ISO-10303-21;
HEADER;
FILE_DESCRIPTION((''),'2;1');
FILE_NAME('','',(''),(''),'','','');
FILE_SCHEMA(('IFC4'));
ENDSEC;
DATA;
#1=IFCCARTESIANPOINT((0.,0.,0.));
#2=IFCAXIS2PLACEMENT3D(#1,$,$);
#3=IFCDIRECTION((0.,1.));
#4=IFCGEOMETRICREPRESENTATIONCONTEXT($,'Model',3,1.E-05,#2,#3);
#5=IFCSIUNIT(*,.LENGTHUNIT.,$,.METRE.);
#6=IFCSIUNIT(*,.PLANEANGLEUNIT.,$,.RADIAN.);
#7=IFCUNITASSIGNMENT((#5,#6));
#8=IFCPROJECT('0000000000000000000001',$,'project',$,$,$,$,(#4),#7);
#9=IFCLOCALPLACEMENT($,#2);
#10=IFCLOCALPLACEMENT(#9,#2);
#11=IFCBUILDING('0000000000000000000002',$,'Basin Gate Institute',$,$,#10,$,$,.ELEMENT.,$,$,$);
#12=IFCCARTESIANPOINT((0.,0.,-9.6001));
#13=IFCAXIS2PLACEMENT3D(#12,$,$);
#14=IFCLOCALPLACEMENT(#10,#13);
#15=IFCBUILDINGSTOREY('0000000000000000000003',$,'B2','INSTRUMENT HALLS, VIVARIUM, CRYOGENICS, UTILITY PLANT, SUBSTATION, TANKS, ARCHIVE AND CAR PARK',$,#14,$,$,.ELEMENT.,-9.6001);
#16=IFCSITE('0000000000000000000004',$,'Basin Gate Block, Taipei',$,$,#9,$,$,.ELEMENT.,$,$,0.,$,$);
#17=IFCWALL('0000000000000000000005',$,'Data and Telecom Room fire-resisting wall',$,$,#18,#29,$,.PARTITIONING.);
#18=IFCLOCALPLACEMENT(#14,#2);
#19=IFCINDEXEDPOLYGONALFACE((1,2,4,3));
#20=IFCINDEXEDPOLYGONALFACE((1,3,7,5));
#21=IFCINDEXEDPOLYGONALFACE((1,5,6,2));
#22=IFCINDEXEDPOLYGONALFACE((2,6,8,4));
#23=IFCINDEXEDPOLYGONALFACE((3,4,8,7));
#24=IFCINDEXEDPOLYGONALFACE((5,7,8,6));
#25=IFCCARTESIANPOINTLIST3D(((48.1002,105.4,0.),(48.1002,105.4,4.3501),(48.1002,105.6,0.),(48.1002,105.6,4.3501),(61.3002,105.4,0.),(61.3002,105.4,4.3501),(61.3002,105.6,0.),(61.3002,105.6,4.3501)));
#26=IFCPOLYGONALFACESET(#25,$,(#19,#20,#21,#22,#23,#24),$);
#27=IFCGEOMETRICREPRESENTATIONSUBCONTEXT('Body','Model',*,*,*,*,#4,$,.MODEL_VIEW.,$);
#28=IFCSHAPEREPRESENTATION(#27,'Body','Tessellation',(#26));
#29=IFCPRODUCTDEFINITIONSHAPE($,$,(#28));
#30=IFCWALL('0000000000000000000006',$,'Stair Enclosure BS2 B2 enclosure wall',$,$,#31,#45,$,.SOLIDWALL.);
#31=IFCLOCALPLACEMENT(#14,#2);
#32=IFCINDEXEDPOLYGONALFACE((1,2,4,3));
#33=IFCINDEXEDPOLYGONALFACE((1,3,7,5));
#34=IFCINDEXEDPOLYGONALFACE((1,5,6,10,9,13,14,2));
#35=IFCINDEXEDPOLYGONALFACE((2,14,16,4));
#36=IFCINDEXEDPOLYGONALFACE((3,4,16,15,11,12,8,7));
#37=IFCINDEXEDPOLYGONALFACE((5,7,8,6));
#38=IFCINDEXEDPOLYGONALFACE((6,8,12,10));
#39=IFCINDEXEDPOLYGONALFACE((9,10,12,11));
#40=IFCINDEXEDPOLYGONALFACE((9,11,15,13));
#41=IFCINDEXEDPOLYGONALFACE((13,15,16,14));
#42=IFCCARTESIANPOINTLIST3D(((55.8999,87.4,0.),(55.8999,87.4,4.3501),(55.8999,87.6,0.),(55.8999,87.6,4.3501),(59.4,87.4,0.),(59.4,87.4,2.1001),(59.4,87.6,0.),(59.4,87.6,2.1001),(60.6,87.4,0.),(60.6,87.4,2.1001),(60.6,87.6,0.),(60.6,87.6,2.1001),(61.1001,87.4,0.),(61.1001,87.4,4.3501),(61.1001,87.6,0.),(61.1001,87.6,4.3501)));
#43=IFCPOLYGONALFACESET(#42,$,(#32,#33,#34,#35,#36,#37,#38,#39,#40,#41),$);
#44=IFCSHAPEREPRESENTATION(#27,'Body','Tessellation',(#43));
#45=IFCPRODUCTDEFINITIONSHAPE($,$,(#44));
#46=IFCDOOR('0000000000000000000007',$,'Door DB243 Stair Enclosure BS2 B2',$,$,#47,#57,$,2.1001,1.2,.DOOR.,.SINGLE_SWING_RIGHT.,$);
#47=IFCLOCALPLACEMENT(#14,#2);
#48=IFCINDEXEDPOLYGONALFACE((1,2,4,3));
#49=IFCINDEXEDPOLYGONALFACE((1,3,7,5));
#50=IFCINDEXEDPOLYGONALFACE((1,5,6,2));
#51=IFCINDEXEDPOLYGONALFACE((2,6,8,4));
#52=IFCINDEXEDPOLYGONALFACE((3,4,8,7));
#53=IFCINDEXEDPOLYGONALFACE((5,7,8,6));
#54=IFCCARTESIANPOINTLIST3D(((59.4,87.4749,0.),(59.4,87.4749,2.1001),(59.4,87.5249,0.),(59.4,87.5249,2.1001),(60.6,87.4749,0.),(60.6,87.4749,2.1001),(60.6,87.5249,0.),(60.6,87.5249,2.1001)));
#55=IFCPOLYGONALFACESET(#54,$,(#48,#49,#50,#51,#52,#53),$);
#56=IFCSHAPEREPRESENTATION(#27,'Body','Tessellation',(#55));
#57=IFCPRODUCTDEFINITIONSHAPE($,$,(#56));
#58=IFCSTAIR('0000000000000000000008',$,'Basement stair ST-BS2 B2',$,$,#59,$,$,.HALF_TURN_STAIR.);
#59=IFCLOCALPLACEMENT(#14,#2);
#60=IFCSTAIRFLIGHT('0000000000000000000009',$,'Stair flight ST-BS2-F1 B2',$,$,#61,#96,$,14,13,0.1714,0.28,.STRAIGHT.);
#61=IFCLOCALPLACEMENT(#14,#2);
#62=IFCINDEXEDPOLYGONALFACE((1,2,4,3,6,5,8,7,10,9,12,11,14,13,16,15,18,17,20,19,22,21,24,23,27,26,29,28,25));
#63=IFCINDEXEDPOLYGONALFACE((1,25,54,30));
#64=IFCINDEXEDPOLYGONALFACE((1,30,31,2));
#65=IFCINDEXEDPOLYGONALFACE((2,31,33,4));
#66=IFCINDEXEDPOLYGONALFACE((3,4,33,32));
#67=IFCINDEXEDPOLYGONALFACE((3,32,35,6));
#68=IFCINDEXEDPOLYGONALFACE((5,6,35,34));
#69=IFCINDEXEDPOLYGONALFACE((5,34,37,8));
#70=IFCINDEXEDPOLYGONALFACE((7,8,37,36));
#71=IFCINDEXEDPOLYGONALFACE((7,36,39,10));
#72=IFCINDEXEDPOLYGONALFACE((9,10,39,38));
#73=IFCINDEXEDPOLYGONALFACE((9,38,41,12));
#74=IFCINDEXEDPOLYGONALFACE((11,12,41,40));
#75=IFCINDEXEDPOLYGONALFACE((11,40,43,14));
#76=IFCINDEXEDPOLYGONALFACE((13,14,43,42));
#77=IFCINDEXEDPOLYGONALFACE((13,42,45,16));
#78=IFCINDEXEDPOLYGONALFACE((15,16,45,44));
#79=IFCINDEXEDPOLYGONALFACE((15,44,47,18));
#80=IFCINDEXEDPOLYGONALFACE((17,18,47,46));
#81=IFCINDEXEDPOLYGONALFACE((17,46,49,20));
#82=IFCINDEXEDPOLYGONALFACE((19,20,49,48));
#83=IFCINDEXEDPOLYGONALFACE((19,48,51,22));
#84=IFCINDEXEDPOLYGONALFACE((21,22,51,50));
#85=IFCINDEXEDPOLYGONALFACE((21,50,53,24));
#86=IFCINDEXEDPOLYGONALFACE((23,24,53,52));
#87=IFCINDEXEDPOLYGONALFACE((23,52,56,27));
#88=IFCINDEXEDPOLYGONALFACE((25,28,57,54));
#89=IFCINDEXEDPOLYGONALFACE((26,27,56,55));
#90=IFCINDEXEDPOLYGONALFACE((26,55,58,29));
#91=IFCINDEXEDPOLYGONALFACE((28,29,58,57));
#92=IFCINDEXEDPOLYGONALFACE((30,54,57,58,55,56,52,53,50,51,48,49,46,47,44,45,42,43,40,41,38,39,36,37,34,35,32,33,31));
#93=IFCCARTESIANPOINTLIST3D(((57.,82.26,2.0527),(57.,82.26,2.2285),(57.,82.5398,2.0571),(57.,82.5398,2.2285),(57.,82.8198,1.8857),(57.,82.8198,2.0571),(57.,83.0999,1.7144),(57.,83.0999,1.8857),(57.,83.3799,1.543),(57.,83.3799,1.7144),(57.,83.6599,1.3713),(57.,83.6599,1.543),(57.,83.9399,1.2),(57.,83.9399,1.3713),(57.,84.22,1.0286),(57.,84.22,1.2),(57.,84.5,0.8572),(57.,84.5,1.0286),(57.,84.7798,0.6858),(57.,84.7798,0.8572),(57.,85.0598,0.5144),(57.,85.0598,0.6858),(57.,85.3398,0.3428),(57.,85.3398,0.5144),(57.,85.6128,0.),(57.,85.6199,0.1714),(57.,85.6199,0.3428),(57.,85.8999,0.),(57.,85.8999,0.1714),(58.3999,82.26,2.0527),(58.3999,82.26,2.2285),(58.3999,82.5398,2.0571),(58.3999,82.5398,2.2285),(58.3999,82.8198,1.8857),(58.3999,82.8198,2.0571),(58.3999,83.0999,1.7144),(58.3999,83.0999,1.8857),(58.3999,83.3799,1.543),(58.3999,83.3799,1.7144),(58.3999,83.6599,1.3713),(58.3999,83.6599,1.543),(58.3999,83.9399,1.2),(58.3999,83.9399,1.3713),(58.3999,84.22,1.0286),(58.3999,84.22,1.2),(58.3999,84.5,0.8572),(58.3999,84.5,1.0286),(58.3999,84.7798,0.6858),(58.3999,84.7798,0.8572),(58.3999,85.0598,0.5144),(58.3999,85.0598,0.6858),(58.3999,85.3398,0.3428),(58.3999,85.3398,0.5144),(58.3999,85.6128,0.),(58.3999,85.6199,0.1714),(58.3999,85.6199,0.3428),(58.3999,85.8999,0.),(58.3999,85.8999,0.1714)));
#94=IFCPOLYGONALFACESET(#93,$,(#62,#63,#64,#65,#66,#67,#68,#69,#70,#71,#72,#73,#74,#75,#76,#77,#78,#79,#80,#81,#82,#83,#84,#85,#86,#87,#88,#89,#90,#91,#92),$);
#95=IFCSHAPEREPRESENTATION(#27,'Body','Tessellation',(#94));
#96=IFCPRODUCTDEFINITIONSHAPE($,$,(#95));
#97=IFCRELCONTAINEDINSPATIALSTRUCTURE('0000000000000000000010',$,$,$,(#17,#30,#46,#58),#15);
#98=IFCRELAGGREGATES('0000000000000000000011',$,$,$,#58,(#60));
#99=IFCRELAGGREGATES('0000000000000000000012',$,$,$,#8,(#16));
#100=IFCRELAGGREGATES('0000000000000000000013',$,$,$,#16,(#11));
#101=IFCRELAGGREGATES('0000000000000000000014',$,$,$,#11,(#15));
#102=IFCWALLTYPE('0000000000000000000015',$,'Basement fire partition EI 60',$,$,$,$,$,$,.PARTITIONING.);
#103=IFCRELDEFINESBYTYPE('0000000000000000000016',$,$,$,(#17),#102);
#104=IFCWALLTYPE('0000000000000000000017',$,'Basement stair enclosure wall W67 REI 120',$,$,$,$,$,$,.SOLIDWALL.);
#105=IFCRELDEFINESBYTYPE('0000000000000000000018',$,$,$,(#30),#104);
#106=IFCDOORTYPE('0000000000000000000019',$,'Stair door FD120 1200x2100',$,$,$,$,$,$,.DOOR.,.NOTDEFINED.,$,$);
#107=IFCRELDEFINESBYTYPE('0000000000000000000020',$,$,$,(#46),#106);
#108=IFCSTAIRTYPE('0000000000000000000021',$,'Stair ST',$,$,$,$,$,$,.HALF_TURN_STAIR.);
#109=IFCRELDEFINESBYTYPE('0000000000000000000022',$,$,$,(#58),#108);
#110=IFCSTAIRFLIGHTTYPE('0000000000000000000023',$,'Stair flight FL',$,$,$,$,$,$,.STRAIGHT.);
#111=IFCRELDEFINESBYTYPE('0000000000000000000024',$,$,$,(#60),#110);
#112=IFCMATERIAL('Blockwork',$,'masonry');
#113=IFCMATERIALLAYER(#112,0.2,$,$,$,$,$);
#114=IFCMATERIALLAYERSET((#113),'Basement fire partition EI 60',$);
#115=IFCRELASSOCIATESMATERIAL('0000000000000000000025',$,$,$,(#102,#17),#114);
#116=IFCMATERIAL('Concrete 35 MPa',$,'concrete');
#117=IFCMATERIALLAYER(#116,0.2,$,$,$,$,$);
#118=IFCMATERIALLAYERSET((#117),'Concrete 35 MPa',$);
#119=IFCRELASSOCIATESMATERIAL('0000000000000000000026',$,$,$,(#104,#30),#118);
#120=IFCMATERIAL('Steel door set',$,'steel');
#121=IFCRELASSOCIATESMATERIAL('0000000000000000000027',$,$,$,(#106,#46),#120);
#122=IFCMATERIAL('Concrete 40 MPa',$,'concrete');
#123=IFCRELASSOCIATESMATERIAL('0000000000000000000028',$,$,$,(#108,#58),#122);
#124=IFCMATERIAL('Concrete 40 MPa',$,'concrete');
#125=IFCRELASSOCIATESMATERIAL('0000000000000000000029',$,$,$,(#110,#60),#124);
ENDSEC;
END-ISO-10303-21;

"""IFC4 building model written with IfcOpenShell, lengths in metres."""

from ifc_helpers import new_model, si_unit, direction, frame, frame_2d, origin, place, context, subcontext, project, spatial, polyline, rectangle, outline, extrude, material, layer, layer_set, type_object, element, fill, aggregate, save


model = new_model("IFC4")

# Units and contexts
model_context = context("Model", 3, precision=1e-05, world=origin(), true_north=direction((0.0, 1.0)))
body_context = subcontext(model_context, "Body", "Model", "MODEL_VIEW")
ifc_project = project(units=[si_unit("LENGTHUNIT", "METRE"), si_unit("PLANEANGLEUNIT", "RADIAN")], contexts=[model_context])

# Site, building, storey
site_placement = place(None, origin())
site = spatial("IfcSite", under=ifc_project, at=site_placement, Name="Basin Gate Block, Taipei", CompositionType="ELEMENT", RefElevation=0.0)
building_placement = place(site_placement, origin())
building = spatial("IfcBuilding", under=site, at=building_placement, Name="Basin Gate Institute", CompositionType="ELEMENT")
storey_placement = place(building_placement, frame((0.0, 0.0, -9.6001)))
storey = spatial("IfcBuildingStorey", under=building, at=storey_placement, Name="B2", Description="INSTRUMENT HALLS, VIVARIUM, CRYOGENICS, UTILITY PLANT, SUBSTATION, TANKS, ARCHIVE AND CAR PARK", CompositionType="ELEMENT", Elevation=-9.6001)

# Wall
ifc_material_1 = material(Name="Blockwork", Category="masonry")
ifc_layer_1 = layer(ifc_material_1, 0.2)
ifc_layer_set_1 = layer_set([ifc_layer_1], Name="Basement fire partition EI 60")
wall_type_1 = type_object("IfcWallType", Name="Basement fire partition EI 60", PredefinedType="PARTITIONING", material=ifc_layer_set_1)
wall_1_placement = place(storey_placement, frame((48.1001, 105.5, 0.0), z_axis=(0.0, 0.0, 1.0), x_axis=(1.0, 0.0, 0.0)))
element("IfcWall", 1, at=wall_1_placement, inside=storey, type_object=wall_type_1, material=ifc_layer_set_1, Name="Data and Telecom Room fire-resisting wall", PredefinedType="PARTITIONING", context=body_context, shape_type="SweptSolid", body=[
    extrude(rectangle(XDim=13.2, YDim=0.2, at=frame_2d((6.6001, 0.0))), origin(), (0.0, 0.0, 1.0), 4.3501),
])

# Wall, opening, door
ifc_material_2 = material(Name="Concrete 35 MPa", Category="concrete")
ifc_layer_2 = layer(ifc_material_2, 0.2)
ifc_layer_set_2 = layer_set([ifc_layer_2], Name="Concrete 35 MPa")
wall_type_2 = type_object("IfcWallType", Name="Basement stair enclosure wall W67 REI 120", PredefinedType="SOLIDWALL", material=ifc_layer_set_2)
wall_2_placement = place(storey_placement, frame((55.8999, 87.5, 0.0), z_axis=(0.0, 0.0, 1.0), x_axis=(1.0, 0.0, 0.0)))
wall_2 = element("IfcWall", 2, at=wall_2_placement, inside=storey, type_object=wall_type_2, material=ifc_layer_set_2, Name="Stair Enclosure BS2 B2 enclosure wall", PredefinedType="SOLIDWALL", context=body_context, shape_type="SweptSolid", body=[
    extrude(rectangle(XDim=5.2002, YDim=0.2, at=frame_2d((2.6001, 0.0))), origin(), (0.0, 0.0, 1.0), 4.3501),
])
opening_placement = place(wall_2_placement, frame((3.5, 0.0, 0.0)))
opening = element("IfcOpeningElement", 3, at=opening_placement, cuts=wall_2, PredefinedType="OPENING", context=body_context, shape_type="SweptSolid", body=[
    extrude(rectangle(XDim=1.2, YDim=2.1001, at=frame_2d((0.6001, 1.05))), frame((0.0, 0.1099, 0.0), z_axis=(0.0, -1.0, 0.0), x_axis=(1.0, 0.0, 0.0)), (0.0, 0.0, 1.0), 0.22),
])
ifc_material_3 = material(Name="Steel door set", Category="steel")
door_type = type_object("IfcDoorType", Name="Stair door FD120 1200x2100", OperationType="NOTDEFINED", PredefinedType="DOOR", material=ifc_material_3)
door_placement = place(opening_placement, origin())
door = element("IfcDoor", 4, at=door_placement, inside=storey, type_object=door_type, material=ifc_material_3, Name="Door DB243 Stair Enclosure BS2 B2", OperationType="SINGLE_SWING_RIGHT", OverallHeight=2.1001, OverallWidth=1.2, PredefinedType="DOOR", context=body_context, shape_type="SweptSolid", body=[
    extrude(rectangle(XDim=1.2, YDim=2.1001, at=frame_2d((0.6001, 1.05))), frame((0.0, 0.0249, 0.0), z_axis=(0.0, -1.0, 0.0), x_axis=(1.0, 0.0, 0.0)), (0.0, 0.0, 1.0), 0.05),
])
fill(opening, door)

# Stair, stair flight
ifc_material_4 = material(Name="Concrete 40 MPa", Category="concrete")
stair_type = type_object("IfcStairType", Name="Stair ST", PredefinedType="HALF_TURN_STAIR", material=ifc_material_4)
stair_placement = place(storey_placement, origin())
stair = element("IfcStair", 5, at=stair_placement, inside=storey, type_object=stair_type, material=ifc_material_4, Name="Basement stair ST-BS2 B2", PredefinedType="HALF_TURN_STAIR")
ifc_material_5 = material(Name="Concrete 40 MPa", Category="concrete")
stair_flight_type = type_object("IfcStairFlightType", Name="Stair flight FL", PredefinedType="STRAIGHT", material=ifc_material_5)
stair_flight_placement = place(storey_placement, frame((57.7, 85.8999, 0.0), z_axis=(0.0, 0.0, 1.0), x_axis=(0.0, -1.0, 0.0)))
stair_flight = element("IfcStairFlight", 6, at=stair_flight_placement, type_object=stair_flight_type, material=ifc_material_5, Name="Stair flight ST-BS2-F1 B2", NumberOfRisers=14, NumberOfTreads=13, PredefinedType="STRAIGHT", RiserHeight=0.1714, TreadLength=0.28, context=body_context, shape_type="SweptSolid", body=[
    extrude(outline(polyline([(0.0, 0.0), (0.0, 0.1714), (0.28, 0.1714), (0.28, 0.3428), (0.5601, 0.3428), (0.5601, 0.5144), (0.8401, 0.5144), (0.8401, 0.6858), (1.1201, 0.6858), (1.1201, 0.8572), (1.3999, 0.8572), (1.3999, 1.0286), (1.6799, 1.0286), (1.6799, 1.2), (1.96, 1.2), (1.96, 1.3713), (2.24, 1.3713), (2.24, 1.543), (2.52, 1.543), (2.52, 1.7144), (2.8, 1.7144), (2.8, 1.8857), (3.0801, 1.8857), (3.0801, 2.0571), (3.3601, 2.0571), (3.3601, 2.2285), (3.6399, 2.2285), (3.6399, 2.3999), (3.6399, 2.0527), (0.2871, 0.0), (0.0, 0.0)])), frame((0.0, 0.7, 0.0), z_axis=(0.0, -1.0, 0.0), x_axis=(1.0, 0.0, 0.0)), (0.0, 0.0, 1.0), 1.3999),
])
aggregate(stair, [stair_flight])

save(model, "model.ifc")
